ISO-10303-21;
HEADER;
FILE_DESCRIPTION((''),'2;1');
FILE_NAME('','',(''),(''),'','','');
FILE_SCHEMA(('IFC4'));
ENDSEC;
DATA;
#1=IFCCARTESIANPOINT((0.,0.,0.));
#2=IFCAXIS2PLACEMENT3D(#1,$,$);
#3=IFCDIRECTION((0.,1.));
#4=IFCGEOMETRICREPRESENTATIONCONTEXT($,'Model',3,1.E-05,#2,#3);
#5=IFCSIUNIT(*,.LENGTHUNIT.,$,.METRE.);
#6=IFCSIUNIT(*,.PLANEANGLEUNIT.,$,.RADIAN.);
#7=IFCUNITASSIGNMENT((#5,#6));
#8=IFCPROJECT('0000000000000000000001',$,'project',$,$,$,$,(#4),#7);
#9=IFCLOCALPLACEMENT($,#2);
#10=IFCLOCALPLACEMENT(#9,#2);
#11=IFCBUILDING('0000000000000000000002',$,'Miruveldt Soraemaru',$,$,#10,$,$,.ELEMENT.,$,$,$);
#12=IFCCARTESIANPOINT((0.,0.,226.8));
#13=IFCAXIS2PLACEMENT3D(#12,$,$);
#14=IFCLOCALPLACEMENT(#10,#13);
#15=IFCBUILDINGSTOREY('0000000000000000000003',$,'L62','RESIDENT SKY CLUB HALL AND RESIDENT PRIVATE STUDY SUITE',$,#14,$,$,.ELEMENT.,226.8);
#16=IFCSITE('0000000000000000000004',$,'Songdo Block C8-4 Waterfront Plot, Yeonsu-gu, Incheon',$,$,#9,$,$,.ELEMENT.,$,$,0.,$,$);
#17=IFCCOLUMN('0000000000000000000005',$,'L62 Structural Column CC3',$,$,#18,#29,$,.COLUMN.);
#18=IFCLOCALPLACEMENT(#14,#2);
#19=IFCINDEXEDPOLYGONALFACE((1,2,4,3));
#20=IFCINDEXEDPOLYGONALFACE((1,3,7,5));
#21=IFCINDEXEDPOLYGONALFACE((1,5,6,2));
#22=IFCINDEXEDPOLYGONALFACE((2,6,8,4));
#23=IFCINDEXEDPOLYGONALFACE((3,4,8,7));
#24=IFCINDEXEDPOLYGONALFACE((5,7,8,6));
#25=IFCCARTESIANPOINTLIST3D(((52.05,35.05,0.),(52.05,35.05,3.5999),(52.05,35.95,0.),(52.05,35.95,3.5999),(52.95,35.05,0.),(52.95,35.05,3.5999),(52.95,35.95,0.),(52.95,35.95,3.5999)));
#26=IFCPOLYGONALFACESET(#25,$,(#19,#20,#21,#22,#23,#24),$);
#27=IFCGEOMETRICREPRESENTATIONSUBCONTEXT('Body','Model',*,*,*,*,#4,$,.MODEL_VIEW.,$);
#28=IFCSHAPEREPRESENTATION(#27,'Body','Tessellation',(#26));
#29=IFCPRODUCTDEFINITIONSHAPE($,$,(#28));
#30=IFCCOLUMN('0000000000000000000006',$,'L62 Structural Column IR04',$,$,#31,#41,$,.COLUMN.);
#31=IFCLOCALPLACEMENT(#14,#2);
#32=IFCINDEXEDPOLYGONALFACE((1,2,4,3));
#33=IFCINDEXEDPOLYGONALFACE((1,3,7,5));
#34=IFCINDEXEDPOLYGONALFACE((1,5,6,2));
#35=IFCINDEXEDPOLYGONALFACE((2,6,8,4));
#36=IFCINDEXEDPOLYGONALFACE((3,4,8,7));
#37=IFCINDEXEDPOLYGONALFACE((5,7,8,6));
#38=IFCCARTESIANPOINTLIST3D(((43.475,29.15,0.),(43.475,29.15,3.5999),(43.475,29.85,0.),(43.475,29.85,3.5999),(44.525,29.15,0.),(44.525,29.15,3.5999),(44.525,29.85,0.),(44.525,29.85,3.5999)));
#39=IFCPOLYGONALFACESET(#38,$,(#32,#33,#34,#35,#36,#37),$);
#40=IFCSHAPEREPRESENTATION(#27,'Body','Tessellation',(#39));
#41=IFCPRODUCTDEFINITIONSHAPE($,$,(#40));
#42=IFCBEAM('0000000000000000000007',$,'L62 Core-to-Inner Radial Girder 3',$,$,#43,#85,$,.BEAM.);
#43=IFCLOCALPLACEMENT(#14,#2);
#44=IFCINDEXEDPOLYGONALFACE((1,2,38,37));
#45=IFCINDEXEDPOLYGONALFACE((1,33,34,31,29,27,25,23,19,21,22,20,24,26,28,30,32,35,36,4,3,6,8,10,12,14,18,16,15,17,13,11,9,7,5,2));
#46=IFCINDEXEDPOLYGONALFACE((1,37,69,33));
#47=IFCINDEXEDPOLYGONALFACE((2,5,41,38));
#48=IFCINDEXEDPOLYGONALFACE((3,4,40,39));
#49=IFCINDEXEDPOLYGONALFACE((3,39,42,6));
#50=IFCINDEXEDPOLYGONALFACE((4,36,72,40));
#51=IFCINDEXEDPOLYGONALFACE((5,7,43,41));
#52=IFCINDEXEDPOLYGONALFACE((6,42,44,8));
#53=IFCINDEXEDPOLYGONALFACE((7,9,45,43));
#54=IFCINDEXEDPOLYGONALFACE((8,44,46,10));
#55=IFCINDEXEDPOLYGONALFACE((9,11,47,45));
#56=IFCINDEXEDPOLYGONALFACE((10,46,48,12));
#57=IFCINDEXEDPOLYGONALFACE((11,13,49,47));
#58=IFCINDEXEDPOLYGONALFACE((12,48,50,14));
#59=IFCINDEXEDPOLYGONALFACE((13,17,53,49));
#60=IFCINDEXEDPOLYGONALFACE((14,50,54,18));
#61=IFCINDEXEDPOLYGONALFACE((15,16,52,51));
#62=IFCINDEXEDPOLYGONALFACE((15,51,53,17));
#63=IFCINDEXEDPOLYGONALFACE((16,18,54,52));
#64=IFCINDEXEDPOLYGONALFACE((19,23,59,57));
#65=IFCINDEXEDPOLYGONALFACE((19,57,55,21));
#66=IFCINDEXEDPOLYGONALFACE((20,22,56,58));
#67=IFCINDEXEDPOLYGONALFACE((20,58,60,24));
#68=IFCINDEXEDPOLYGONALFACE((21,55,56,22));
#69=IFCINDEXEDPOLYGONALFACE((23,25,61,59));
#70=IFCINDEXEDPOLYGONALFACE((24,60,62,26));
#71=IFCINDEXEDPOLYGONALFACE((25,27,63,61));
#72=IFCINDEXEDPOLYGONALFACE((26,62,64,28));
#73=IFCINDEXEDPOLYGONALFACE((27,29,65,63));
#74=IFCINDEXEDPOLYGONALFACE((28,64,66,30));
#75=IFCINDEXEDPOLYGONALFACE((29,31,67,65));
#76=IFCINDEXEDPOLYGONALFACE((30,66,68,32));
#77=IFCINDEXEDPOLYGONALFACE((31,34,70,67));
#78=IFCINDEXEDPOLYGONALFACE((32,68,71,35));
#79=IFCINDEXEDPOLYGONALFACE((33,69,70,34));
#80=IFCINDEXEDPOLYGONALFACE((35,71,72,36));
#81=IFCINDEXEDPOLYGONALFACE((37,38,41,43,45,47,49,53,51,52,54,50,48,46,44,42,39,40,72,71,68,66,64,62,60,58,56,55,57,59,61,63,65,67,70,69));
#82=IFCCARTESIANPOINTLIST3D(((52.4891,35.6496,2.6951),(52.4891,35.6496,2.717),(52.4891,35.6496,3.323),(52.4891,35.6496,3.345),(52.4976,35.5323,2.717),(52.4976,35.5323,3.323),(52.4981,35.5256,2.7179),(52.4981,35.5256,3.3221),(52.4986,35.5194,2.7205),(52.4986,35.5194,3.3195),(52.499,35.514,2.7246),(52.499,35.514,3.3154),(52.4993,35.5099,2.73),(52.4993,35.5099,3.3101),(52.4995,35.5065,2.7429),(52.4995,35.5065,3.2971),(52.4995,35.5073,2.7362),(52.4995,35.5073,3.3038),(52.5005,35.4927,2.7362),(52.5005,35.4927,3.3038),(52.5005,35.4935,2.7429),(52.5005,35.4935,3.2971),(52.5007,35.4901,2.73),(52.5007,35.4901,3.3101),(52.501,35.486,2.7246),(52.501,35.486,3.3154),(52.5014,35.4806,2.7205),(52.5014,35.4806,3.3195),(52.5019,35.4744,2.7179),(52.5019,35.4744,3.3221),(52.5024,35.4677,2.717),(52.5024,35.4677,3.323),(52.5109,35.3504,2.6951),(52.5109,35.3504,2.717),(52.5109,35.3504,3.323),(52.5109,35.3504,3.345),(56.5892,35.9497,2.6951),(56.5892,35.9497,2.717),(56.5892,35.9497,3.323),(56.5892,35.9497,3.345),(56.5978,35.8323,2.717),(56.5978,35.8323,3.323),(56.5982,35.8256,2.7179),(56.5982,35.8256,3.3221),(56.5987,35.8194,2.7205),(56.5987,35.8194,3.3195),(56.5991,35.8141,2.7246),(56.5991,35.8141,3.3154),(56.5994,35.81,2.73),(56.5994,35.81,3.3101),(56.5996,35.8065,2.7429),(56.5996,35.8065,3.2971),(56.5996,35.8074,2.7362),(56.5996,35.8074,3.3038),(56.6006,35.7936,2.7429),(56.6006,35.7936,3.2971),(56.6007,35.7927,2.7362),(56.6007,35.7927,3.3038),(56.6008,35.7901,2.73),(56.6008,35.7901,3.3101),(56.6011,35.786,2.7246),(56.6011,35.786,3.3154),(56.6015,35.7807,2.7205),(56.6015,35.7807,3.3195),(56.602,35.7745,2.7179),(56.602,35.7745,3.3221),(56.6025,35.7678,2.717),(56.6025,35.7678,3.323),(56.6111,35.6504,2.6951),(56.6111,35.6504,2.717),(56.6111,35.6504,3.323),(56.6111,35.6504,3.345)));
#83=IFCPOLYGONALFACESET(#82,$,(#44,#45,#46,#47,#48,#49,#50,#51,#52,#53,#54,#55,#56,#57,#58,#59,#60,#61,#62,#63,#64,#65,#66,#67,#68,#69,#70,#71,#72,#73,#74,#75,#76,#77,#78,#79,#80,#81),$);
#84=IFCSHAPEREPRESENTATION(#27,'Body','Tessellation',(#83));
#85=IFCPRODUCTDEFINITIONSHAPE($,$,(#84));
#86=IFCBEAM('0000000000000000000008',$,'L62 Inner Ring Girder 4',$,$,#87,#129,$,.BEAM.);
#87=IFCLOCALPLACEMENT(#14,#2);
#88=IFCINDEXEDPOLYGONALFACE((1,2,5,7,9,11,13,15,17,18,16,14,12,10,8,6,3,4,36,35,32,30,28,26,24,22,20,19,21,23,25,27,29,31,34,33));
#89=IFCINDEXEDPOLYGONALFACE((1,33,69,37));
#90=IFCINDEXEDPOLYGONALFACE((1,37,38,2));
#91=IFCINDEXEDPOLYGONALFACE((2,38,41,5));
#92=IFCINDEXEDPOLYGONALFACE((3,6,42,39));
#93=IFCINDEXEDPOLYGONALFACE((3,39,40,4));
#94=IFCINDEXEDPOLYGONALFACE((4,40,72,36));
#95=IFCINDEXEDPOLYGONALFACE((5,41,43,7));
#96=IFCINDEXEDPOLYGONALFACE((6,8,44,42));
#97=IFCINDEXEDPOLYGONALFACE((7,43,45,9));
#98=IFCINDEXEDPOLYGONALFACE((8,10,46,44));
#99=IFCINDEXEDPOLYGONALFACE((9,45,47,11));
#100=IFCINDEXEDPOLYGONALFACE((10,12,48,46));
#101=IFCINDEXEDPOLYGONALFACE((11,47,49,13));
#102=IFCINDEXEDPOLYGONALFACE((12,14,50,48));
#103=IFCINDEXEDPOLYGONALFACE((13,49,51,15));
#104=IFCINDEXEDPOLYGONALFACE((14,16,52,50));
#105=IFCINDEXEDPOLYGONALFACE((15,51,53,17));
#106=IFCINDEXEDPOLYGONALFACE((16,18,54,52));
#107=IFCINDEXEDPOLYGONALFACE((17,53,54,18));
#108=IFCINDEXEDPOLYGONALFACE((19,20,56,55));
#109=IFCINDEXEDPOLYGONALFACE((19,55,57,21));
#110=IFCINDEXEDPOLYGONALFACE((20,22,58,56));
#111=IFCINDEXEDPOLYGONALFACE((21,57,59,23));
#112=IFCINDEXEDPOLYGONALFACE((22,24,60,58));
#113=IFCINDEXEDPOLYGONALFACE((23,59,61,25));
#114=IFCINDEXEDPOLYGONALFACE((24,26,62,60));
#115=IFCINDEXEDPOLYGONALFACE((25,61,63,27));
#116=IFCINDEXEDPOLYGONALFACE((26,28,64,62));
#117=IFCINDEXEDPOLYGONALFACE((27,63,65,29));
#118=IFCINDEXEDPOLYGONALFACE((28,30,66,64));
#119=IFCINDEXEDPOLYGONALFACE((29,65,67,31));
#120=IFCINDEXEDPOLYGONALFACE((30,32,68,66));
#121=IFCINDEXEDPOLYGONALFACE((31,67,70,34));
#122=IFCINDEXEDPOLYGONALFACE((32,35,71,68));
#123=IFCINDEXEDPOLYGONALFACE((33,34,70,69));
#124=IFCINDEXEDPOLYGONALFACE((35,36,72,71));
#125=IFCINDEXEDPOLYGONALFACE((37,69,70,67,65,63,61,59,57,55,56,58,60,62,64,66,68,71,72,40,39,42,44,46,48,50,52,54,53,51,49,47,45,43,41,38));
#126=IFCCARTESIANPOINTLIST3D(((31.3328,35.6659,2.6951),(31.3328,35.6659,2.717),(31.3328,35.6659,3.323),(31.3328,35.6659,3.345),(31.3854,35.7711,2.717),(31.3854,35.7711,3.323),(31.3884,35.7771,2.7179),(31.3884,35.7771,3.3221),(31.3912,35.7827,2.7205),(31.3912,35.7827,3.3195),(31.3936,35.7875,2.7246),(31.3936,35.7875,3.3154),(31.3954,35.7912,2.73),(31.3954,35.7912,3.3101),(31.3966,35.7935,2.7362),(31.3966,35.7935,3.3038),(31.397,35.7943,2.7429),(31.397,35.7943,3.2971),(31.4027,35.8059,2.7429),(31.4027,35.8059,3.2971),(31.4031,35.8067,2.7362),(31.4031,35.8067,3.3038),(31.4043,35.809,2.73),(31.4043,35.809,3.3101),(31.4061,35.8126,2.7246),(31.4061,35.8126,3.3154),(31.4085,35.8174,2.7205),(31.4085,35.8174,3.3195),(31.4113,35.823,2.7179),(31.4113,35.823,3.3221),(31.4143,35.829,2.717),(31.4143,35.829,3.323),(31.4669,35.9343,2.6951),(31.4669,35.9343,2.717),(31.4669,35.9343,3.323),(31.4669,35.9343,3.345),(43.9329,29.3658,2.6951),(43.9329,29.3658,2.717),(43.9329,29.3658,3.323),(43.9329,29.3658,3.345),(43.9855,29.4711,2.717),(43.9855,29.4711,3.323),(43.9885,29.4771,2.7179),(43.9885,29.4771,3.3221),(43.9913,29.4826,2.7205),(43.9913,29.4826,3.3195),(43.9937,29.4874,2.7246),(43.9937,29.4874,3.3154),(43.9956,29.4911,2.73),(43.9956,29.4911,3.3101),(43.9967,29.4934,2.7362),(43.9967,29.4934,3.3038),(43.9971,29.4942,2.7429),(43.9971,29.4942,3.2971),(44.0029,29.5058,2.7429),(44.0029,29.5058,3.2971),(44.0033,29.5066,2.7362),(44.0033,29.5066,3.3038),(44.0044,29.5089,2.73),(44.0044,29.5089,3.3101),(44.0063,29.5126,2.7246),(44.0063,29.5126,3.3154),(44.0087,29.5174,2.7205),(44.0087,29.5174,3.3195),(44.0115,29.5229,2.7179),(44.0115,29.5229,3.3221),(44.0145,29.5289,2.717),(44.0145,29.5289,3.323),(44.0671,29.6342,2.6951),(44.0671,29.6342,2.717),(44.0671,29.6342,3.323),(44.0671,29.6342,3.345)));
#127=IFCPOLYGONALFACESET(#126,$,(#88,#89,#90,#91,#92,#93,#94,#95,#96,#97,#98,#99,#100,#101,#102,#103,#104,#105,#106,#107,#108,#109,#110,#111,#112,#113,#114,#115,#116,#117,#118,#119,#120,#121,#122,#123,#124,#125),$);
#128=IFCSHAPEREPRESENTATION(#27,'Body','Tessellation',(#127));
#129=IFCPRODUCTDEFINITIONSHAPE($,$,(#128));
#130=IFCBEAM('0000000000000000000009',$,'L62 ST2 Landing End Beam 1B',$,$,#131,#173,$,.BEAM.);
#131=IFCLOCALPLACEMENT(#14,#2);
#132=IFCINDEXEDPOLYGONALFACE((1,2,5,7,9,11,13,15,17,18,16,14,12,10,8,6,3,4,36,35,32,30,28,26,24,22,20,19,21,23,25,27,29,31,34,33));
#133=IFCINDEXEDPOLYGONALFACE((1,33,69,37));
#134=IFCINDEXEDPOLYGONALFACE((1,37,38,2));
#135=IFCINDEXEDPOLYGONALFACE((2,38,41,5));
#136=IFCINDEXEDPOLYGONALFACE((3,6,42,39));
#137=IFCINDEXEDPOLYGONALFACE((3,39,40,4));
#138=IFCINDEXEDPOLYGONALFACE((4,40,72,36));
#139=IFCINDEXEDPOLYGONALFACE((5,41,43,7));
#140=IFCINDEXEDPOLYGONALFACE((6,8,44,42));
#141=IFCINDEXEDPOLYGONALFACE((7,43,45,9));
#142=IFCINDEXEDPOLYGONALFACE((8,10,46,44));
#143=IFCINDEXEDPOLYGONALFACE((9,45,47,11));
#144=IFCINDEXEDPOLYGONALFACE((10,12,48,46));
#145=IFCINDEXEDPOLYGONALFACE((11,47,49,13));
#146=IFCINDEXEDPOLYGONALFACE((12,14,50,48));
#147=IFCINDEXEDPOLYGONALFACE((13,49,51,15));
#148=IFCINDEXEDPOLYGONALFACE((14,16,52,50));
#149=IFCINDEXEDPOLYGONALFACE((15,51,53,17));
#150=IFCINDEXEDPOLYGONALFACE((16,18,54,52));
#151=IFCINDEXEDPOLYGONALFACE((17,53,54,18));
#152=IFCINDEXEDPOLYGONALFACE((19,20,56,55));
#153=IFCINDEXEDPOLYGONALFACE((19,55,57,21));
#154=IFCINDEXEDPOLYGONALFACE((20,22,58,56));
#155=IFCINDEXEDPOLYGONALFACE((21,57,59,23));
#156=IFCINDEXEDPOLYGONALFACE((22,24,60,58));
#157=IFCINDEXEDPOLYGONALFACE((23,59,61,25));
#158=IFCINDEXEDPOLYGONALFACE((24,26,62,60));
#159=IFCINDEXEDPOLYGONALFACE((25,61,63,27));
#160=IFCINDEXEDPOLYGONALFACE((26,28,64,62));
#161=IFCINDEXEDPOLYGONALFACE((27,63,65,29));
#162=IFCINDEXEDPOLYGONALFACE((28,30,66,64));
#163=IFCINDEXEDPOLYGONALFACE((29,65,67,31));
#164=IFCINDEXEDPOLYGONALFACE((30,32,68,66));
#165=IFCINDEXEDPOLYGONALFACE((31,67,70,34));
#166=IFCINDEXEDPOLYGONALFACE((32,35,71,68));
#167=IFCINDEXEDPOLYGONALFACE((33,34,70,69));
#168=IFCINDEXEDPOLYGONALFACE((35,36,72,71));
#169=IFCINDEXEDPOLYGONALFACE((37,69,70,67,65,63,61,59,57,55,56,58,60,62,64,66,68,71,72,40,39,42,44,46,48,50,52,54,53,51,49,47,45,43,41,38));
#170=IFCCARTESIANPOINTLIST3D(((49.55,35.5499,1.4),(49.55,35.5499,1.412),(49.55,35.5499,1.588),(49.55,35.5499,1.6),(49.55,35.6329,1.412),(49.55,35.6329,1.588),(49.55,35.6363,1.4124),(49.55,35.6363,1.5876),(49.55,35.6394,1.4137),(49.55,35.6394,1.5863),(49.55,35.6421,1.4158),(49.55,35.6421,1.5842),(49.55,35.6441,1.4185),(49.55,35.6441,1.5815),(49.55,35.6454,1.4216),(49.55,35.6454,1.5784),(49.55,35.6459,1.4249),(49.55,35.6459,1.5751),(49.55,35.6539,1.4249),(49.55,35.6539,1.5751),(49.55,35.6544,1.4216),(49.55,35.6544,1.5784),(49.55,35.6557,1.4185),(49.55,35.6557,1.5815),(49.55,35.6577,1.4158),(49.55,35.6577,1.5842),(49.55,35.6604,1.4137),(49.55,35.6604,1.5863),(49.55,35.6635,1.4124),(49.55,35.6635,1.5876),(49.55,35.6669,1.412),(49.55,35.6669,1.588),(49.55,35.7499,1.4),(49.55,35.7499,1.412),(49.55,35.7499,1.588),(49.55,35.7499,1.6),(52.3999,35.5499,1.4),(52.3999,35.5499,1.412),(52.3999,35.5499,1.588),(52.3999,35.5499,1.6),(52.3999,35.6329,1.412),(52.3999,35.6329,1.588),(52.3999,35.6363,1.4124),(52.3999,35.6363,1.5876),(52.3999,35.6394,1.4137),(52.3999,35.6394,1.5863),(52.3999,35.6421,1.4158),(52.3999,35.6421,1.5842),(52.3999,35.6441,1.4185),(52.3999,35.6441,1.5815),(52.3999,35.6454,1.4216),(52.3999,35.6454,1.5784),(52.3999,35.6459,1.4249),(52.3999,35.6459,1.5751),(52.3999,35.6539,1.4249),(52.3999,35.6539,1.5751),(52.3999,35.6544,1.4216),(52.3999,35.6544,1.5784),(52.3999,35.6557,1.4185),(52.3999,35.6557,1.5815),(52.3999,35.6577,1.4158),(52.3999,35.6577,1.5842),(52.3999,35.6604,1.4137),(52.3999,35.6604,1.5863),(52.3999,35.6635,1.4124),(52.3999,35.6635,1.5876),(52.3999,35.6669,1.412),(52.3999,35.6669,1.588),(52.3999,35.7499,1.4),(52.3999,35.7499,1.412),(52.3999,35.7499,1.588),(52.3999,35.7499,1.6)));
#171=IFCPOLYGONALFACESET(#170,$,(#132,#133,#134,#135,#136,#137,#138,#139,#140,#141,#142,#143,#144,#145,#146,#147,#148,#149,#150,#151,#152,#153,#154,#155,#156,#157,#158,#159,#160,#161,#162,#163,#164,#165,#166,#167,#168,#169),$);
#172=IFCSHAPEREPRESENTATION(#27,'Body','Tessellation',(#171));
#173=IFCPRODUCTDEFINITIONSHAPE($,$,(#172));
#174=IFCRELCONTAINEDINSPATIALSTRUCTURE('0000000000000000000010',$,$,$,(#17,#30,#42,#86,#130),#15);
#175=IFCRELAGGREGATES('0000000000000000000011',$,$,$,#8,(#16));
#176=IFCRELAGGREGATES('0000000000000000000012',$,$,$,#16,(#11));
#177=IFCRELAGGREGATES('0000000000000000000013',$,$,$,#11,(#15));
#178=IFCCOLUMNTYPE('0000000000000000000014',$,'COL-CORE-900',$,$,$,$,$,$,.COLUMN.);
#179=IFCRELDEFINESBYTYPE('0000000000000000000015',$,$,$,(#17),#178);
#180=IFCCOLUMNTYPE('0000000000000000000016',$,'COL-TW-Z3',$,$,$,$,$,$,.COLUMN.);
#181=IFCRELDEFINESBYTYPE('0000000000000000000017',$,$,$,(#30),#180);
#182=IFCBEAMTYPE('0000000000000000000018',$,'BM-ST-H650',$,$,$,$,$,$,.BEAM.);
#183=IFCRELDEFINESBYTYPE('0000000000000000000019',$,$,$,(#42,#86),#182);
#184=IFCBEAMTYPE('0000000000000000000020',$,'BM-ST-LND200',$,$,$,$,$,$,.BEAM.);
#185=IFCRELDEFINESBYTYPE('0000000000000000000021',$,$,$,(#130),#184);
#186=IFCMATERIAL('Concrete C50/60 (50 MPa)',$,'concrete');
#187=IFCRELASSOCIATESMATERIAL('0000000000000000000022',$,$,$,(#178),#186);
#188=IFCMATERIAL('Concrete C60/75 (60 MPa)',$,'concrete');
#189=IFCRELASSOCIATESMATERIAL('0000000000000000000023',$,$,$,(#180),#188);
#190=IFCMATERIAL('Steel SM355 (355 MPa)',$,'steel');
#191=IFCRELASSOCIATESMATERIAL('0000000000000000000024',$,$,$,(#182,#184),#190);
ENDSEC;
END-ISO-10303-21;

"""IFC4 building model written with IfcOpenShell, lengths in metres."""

from ifc_helpers import new_model, si_unit, direction, frame, origin, origin_2d, place, context, subcontext, project, spatial, rectangle, i_section, extrude, material, material_profile, profile_set, type_object, element, save


model = new_model("IFC4")

# Units and contexts
model_context = context("Model", 3, precision=1e-05, world=origin(), true_north=direction((0.0, 1.0)))
body_context = subcontext(model_context, "Body", "Model", "MODEL_VIEW")
ifc_project = project(units=[si_unit("LENGTHUNIT", "METRE"), si_unit("PLANEANGLEUNIT", "RADIAN")], contexts=[model_context])

# Site, building, storey
site_placement = place(None, origin())
site = spatial("IfcSite", under=ifc_project, at=site_placement, Name="Songdo Block C8-4 Waterfront Plot, Yeonsu-gu, Incheon", CompositionType="ELEMENT", RefElevation=0.0)
building_placement = place(site_placement, origin())
building = spatial("IfcBuilding", under=site, at=building_placement, Name="Miruveldt Soraemaru", CompositionType="ELEMENT")
storey_placement = place(building_placement, frame((0.0, 0.0, 226.8)))
storey = spatial("IfcBuildingStorey", under=building, at=storey_placement, Name="L62", Description="RESIDENT SKY CLUB HALL AND RESIDENT PRIVATE STUDY SUITE", CompositionType="ELEMENT", Elevation=226.8)

# Columns
ifc_material_1 = material(Name="Concrete C50/60 (50 MPa)", Category="concrete")
ifc_material_profile_1 = material_profile(ifc_material_1, rectangle(XDim=0.8999, YDim=0.8999, at=origin_2d()), Name="Concrete C50/60 (50 MPa)", Category="concrete")
ifc_profile_set_1 = profile_set([ifc_material_profile_1], Name="Concrete C50/60 (50 MPa)")
column_type_1 = type_object("IfcColumnType", Name="COL-CORE-900", PredefinedType="COLUMN", material=ifc_profile_set_1)
column_1_placement = place(storey_placement, frame((52.5, 35.5, 0.0), z_axis=(0.0, 0.0, 1.0), x_axis=(1.0, 0.0, 0.0)))
element("IfcColumn", 1, at=column_1_placement, inside=storey, type_object=column_type_1, Name="L62 Structural Column CC3", PredefinedType="COLUMN", context=body_context, shape_type="SweptSolid", body=[
    extrude(rectangle(XDim=0.8999, YDim=0.8999, at=origin_2d()), origin(), (0.0, 0.0, 1.0), 3.5999),
])
ifc_material_2 = material(Name="Concrete C60/75 (60 MPa)", Category="concrete")
ifc_material_profile_2 = material_profile(ifc_material_2, rectangle(XDim=1.05, YDim=0.7, at=origin_2d()), Name="Concrete C60/75 (60 MPa)", Category="concrete")
ifc_profile_set_2 = profile_set([ifc_material_profile_2], Name="Concrete C60/75 (60 MPa)")
column_type_2 = type_object("IfcColumnType", Name="COL-TW-Z3", PredefinedType="COLUMN", material=ifc_profile_set_2)
column_2_placement = place(storey_placement, frame((44.0, 29.5, 0.0), z_axis=(0.0, 0.0, 1.0), x_axis=(1.0, 0.0, 0.0)))
element("IfcColumn", 2, at=column_2_placement, inside=storey, type_object=column_type_2, Name="L62 Structural Column IR04", PredefinedType="COLUMN", context=body_context, shape_type="SweptSolid", body=[
    extrude(rectangle(XDim=1.05, YDim=0.7, at=origin_2d()), origin(), (0.0, 0.0, 1.0), 3.5999),
])

# Beams
ifc_material_3 = material(Name="Steel SM355 (355 MPa)", Category="steel")
ifc_material_profile_3 = material_profile(ifc_material_3, i_section(OverallWidth=0.3, OverallDepth=0.6499, WebThickness=0.0129, FlangeThickness=0.022, FilletRadius=0.0259, at=origin_2d()), Name="Steel SM355 (355 MPa)", Category="steel")
ifc_profile_set_3 = profile_set([ifc_material_profile_3], Name="Steel SM355 (355 MPa)")
beam_type_1 = type_object("IfcBeamType", Name="BM-ST-H650", PredefinedType="BEAM", material=ifc_profile_set_3)
beam_1_placement = place(storey_placement, frame((52.5, 35.5, 3.02), z_axis=(0.997333, 0.072986, 0.0), x_axis=(-0.072986, 0.997333, 0.0)))
element("IfcBeam", 3, at=beam_1_placement, inside=storey, type_object=beam_type_1, Name="L62 Core-to-Inner Radial Girder 3", PredefinedType="BEAM", context=body_context, shape_type="SweptSolid", body=[
    extrude(i_section(OverallWidth=0.3, OverallDepth=0.6499, WebThickness=0.0129, FlangeThickness=0.022, FilletRadius=0.0259, at=origin_2d()), origin(), (0.0, 0.0, 1.0), 4.1111),
])
beam_2_placement = place(storey_placement, frame((44.0, 29.5, 3.02), z_axis=(-0.894427, 0.447214, 0.0), x_axis=(-0.447214, -0.894427, 0.0)))
element("IfcBeam", 4, at=beam_2_placement, inside=storey, type_object=beam_type_1, Name="L62 Inner Ring Girder 4", PredefinedType="BEAM", context=body_context, shape_type="SweptSolid", body=[
    extrude(i_section(OverallWidth=0.3, OverallDepth=0.6499, WebThickness=0.0129, FlangeThickness=0.022, FilletRadius=0.0259, at=origin_2d()), origin(), (0.0, 0.0, 1.0), 14.0874),
])
ifc_material_profile_4 = material_profile(ifc_material_3, i_section(OverallWidth=0.2, OverallDepth=0.2, WebThickness=0.0081, FlangeThickness=0.012, FilletRadius=0.0129, at=origin_2d()), Name="Steel SM355 (355 MPa)", Category="steel")
ifc_profile_set_4 = profile_set([ifc_material_profile_4], Name="Steel SM355 (355 MPa)")
beam_type_2 = type_object("IfcBeamType", Name="BM-ST-LND200", PredefinedType="BEAM", material=ifc_profile_set_4)
beam_3_placement = place(storey_placement, frame((49.55, 35.6499, 1.5), z_axis=(1.0, 0.0, 0.0), x_axis=(0.0, 1.0, 0.0)))
element("IfcBeam", 5, at=beam_3_placement, inside=storey, type_object=beam_type_2, Name="L62 ST2 Landing End Beam 1B", PredefinedType="BEAM", context=body_context, shape_type="SweptSolid", body=[
    extrude(i_section(OverallWidth=0.2, OverallDepth=0.2, WebThickness=0.0081, FlangeThickness=0.012, FilletRadius=0.0129, at=origin_2d()), origin(), (0.0, 0.0, 1.0), 2.8499),
])

save(model, "model.ifc")
